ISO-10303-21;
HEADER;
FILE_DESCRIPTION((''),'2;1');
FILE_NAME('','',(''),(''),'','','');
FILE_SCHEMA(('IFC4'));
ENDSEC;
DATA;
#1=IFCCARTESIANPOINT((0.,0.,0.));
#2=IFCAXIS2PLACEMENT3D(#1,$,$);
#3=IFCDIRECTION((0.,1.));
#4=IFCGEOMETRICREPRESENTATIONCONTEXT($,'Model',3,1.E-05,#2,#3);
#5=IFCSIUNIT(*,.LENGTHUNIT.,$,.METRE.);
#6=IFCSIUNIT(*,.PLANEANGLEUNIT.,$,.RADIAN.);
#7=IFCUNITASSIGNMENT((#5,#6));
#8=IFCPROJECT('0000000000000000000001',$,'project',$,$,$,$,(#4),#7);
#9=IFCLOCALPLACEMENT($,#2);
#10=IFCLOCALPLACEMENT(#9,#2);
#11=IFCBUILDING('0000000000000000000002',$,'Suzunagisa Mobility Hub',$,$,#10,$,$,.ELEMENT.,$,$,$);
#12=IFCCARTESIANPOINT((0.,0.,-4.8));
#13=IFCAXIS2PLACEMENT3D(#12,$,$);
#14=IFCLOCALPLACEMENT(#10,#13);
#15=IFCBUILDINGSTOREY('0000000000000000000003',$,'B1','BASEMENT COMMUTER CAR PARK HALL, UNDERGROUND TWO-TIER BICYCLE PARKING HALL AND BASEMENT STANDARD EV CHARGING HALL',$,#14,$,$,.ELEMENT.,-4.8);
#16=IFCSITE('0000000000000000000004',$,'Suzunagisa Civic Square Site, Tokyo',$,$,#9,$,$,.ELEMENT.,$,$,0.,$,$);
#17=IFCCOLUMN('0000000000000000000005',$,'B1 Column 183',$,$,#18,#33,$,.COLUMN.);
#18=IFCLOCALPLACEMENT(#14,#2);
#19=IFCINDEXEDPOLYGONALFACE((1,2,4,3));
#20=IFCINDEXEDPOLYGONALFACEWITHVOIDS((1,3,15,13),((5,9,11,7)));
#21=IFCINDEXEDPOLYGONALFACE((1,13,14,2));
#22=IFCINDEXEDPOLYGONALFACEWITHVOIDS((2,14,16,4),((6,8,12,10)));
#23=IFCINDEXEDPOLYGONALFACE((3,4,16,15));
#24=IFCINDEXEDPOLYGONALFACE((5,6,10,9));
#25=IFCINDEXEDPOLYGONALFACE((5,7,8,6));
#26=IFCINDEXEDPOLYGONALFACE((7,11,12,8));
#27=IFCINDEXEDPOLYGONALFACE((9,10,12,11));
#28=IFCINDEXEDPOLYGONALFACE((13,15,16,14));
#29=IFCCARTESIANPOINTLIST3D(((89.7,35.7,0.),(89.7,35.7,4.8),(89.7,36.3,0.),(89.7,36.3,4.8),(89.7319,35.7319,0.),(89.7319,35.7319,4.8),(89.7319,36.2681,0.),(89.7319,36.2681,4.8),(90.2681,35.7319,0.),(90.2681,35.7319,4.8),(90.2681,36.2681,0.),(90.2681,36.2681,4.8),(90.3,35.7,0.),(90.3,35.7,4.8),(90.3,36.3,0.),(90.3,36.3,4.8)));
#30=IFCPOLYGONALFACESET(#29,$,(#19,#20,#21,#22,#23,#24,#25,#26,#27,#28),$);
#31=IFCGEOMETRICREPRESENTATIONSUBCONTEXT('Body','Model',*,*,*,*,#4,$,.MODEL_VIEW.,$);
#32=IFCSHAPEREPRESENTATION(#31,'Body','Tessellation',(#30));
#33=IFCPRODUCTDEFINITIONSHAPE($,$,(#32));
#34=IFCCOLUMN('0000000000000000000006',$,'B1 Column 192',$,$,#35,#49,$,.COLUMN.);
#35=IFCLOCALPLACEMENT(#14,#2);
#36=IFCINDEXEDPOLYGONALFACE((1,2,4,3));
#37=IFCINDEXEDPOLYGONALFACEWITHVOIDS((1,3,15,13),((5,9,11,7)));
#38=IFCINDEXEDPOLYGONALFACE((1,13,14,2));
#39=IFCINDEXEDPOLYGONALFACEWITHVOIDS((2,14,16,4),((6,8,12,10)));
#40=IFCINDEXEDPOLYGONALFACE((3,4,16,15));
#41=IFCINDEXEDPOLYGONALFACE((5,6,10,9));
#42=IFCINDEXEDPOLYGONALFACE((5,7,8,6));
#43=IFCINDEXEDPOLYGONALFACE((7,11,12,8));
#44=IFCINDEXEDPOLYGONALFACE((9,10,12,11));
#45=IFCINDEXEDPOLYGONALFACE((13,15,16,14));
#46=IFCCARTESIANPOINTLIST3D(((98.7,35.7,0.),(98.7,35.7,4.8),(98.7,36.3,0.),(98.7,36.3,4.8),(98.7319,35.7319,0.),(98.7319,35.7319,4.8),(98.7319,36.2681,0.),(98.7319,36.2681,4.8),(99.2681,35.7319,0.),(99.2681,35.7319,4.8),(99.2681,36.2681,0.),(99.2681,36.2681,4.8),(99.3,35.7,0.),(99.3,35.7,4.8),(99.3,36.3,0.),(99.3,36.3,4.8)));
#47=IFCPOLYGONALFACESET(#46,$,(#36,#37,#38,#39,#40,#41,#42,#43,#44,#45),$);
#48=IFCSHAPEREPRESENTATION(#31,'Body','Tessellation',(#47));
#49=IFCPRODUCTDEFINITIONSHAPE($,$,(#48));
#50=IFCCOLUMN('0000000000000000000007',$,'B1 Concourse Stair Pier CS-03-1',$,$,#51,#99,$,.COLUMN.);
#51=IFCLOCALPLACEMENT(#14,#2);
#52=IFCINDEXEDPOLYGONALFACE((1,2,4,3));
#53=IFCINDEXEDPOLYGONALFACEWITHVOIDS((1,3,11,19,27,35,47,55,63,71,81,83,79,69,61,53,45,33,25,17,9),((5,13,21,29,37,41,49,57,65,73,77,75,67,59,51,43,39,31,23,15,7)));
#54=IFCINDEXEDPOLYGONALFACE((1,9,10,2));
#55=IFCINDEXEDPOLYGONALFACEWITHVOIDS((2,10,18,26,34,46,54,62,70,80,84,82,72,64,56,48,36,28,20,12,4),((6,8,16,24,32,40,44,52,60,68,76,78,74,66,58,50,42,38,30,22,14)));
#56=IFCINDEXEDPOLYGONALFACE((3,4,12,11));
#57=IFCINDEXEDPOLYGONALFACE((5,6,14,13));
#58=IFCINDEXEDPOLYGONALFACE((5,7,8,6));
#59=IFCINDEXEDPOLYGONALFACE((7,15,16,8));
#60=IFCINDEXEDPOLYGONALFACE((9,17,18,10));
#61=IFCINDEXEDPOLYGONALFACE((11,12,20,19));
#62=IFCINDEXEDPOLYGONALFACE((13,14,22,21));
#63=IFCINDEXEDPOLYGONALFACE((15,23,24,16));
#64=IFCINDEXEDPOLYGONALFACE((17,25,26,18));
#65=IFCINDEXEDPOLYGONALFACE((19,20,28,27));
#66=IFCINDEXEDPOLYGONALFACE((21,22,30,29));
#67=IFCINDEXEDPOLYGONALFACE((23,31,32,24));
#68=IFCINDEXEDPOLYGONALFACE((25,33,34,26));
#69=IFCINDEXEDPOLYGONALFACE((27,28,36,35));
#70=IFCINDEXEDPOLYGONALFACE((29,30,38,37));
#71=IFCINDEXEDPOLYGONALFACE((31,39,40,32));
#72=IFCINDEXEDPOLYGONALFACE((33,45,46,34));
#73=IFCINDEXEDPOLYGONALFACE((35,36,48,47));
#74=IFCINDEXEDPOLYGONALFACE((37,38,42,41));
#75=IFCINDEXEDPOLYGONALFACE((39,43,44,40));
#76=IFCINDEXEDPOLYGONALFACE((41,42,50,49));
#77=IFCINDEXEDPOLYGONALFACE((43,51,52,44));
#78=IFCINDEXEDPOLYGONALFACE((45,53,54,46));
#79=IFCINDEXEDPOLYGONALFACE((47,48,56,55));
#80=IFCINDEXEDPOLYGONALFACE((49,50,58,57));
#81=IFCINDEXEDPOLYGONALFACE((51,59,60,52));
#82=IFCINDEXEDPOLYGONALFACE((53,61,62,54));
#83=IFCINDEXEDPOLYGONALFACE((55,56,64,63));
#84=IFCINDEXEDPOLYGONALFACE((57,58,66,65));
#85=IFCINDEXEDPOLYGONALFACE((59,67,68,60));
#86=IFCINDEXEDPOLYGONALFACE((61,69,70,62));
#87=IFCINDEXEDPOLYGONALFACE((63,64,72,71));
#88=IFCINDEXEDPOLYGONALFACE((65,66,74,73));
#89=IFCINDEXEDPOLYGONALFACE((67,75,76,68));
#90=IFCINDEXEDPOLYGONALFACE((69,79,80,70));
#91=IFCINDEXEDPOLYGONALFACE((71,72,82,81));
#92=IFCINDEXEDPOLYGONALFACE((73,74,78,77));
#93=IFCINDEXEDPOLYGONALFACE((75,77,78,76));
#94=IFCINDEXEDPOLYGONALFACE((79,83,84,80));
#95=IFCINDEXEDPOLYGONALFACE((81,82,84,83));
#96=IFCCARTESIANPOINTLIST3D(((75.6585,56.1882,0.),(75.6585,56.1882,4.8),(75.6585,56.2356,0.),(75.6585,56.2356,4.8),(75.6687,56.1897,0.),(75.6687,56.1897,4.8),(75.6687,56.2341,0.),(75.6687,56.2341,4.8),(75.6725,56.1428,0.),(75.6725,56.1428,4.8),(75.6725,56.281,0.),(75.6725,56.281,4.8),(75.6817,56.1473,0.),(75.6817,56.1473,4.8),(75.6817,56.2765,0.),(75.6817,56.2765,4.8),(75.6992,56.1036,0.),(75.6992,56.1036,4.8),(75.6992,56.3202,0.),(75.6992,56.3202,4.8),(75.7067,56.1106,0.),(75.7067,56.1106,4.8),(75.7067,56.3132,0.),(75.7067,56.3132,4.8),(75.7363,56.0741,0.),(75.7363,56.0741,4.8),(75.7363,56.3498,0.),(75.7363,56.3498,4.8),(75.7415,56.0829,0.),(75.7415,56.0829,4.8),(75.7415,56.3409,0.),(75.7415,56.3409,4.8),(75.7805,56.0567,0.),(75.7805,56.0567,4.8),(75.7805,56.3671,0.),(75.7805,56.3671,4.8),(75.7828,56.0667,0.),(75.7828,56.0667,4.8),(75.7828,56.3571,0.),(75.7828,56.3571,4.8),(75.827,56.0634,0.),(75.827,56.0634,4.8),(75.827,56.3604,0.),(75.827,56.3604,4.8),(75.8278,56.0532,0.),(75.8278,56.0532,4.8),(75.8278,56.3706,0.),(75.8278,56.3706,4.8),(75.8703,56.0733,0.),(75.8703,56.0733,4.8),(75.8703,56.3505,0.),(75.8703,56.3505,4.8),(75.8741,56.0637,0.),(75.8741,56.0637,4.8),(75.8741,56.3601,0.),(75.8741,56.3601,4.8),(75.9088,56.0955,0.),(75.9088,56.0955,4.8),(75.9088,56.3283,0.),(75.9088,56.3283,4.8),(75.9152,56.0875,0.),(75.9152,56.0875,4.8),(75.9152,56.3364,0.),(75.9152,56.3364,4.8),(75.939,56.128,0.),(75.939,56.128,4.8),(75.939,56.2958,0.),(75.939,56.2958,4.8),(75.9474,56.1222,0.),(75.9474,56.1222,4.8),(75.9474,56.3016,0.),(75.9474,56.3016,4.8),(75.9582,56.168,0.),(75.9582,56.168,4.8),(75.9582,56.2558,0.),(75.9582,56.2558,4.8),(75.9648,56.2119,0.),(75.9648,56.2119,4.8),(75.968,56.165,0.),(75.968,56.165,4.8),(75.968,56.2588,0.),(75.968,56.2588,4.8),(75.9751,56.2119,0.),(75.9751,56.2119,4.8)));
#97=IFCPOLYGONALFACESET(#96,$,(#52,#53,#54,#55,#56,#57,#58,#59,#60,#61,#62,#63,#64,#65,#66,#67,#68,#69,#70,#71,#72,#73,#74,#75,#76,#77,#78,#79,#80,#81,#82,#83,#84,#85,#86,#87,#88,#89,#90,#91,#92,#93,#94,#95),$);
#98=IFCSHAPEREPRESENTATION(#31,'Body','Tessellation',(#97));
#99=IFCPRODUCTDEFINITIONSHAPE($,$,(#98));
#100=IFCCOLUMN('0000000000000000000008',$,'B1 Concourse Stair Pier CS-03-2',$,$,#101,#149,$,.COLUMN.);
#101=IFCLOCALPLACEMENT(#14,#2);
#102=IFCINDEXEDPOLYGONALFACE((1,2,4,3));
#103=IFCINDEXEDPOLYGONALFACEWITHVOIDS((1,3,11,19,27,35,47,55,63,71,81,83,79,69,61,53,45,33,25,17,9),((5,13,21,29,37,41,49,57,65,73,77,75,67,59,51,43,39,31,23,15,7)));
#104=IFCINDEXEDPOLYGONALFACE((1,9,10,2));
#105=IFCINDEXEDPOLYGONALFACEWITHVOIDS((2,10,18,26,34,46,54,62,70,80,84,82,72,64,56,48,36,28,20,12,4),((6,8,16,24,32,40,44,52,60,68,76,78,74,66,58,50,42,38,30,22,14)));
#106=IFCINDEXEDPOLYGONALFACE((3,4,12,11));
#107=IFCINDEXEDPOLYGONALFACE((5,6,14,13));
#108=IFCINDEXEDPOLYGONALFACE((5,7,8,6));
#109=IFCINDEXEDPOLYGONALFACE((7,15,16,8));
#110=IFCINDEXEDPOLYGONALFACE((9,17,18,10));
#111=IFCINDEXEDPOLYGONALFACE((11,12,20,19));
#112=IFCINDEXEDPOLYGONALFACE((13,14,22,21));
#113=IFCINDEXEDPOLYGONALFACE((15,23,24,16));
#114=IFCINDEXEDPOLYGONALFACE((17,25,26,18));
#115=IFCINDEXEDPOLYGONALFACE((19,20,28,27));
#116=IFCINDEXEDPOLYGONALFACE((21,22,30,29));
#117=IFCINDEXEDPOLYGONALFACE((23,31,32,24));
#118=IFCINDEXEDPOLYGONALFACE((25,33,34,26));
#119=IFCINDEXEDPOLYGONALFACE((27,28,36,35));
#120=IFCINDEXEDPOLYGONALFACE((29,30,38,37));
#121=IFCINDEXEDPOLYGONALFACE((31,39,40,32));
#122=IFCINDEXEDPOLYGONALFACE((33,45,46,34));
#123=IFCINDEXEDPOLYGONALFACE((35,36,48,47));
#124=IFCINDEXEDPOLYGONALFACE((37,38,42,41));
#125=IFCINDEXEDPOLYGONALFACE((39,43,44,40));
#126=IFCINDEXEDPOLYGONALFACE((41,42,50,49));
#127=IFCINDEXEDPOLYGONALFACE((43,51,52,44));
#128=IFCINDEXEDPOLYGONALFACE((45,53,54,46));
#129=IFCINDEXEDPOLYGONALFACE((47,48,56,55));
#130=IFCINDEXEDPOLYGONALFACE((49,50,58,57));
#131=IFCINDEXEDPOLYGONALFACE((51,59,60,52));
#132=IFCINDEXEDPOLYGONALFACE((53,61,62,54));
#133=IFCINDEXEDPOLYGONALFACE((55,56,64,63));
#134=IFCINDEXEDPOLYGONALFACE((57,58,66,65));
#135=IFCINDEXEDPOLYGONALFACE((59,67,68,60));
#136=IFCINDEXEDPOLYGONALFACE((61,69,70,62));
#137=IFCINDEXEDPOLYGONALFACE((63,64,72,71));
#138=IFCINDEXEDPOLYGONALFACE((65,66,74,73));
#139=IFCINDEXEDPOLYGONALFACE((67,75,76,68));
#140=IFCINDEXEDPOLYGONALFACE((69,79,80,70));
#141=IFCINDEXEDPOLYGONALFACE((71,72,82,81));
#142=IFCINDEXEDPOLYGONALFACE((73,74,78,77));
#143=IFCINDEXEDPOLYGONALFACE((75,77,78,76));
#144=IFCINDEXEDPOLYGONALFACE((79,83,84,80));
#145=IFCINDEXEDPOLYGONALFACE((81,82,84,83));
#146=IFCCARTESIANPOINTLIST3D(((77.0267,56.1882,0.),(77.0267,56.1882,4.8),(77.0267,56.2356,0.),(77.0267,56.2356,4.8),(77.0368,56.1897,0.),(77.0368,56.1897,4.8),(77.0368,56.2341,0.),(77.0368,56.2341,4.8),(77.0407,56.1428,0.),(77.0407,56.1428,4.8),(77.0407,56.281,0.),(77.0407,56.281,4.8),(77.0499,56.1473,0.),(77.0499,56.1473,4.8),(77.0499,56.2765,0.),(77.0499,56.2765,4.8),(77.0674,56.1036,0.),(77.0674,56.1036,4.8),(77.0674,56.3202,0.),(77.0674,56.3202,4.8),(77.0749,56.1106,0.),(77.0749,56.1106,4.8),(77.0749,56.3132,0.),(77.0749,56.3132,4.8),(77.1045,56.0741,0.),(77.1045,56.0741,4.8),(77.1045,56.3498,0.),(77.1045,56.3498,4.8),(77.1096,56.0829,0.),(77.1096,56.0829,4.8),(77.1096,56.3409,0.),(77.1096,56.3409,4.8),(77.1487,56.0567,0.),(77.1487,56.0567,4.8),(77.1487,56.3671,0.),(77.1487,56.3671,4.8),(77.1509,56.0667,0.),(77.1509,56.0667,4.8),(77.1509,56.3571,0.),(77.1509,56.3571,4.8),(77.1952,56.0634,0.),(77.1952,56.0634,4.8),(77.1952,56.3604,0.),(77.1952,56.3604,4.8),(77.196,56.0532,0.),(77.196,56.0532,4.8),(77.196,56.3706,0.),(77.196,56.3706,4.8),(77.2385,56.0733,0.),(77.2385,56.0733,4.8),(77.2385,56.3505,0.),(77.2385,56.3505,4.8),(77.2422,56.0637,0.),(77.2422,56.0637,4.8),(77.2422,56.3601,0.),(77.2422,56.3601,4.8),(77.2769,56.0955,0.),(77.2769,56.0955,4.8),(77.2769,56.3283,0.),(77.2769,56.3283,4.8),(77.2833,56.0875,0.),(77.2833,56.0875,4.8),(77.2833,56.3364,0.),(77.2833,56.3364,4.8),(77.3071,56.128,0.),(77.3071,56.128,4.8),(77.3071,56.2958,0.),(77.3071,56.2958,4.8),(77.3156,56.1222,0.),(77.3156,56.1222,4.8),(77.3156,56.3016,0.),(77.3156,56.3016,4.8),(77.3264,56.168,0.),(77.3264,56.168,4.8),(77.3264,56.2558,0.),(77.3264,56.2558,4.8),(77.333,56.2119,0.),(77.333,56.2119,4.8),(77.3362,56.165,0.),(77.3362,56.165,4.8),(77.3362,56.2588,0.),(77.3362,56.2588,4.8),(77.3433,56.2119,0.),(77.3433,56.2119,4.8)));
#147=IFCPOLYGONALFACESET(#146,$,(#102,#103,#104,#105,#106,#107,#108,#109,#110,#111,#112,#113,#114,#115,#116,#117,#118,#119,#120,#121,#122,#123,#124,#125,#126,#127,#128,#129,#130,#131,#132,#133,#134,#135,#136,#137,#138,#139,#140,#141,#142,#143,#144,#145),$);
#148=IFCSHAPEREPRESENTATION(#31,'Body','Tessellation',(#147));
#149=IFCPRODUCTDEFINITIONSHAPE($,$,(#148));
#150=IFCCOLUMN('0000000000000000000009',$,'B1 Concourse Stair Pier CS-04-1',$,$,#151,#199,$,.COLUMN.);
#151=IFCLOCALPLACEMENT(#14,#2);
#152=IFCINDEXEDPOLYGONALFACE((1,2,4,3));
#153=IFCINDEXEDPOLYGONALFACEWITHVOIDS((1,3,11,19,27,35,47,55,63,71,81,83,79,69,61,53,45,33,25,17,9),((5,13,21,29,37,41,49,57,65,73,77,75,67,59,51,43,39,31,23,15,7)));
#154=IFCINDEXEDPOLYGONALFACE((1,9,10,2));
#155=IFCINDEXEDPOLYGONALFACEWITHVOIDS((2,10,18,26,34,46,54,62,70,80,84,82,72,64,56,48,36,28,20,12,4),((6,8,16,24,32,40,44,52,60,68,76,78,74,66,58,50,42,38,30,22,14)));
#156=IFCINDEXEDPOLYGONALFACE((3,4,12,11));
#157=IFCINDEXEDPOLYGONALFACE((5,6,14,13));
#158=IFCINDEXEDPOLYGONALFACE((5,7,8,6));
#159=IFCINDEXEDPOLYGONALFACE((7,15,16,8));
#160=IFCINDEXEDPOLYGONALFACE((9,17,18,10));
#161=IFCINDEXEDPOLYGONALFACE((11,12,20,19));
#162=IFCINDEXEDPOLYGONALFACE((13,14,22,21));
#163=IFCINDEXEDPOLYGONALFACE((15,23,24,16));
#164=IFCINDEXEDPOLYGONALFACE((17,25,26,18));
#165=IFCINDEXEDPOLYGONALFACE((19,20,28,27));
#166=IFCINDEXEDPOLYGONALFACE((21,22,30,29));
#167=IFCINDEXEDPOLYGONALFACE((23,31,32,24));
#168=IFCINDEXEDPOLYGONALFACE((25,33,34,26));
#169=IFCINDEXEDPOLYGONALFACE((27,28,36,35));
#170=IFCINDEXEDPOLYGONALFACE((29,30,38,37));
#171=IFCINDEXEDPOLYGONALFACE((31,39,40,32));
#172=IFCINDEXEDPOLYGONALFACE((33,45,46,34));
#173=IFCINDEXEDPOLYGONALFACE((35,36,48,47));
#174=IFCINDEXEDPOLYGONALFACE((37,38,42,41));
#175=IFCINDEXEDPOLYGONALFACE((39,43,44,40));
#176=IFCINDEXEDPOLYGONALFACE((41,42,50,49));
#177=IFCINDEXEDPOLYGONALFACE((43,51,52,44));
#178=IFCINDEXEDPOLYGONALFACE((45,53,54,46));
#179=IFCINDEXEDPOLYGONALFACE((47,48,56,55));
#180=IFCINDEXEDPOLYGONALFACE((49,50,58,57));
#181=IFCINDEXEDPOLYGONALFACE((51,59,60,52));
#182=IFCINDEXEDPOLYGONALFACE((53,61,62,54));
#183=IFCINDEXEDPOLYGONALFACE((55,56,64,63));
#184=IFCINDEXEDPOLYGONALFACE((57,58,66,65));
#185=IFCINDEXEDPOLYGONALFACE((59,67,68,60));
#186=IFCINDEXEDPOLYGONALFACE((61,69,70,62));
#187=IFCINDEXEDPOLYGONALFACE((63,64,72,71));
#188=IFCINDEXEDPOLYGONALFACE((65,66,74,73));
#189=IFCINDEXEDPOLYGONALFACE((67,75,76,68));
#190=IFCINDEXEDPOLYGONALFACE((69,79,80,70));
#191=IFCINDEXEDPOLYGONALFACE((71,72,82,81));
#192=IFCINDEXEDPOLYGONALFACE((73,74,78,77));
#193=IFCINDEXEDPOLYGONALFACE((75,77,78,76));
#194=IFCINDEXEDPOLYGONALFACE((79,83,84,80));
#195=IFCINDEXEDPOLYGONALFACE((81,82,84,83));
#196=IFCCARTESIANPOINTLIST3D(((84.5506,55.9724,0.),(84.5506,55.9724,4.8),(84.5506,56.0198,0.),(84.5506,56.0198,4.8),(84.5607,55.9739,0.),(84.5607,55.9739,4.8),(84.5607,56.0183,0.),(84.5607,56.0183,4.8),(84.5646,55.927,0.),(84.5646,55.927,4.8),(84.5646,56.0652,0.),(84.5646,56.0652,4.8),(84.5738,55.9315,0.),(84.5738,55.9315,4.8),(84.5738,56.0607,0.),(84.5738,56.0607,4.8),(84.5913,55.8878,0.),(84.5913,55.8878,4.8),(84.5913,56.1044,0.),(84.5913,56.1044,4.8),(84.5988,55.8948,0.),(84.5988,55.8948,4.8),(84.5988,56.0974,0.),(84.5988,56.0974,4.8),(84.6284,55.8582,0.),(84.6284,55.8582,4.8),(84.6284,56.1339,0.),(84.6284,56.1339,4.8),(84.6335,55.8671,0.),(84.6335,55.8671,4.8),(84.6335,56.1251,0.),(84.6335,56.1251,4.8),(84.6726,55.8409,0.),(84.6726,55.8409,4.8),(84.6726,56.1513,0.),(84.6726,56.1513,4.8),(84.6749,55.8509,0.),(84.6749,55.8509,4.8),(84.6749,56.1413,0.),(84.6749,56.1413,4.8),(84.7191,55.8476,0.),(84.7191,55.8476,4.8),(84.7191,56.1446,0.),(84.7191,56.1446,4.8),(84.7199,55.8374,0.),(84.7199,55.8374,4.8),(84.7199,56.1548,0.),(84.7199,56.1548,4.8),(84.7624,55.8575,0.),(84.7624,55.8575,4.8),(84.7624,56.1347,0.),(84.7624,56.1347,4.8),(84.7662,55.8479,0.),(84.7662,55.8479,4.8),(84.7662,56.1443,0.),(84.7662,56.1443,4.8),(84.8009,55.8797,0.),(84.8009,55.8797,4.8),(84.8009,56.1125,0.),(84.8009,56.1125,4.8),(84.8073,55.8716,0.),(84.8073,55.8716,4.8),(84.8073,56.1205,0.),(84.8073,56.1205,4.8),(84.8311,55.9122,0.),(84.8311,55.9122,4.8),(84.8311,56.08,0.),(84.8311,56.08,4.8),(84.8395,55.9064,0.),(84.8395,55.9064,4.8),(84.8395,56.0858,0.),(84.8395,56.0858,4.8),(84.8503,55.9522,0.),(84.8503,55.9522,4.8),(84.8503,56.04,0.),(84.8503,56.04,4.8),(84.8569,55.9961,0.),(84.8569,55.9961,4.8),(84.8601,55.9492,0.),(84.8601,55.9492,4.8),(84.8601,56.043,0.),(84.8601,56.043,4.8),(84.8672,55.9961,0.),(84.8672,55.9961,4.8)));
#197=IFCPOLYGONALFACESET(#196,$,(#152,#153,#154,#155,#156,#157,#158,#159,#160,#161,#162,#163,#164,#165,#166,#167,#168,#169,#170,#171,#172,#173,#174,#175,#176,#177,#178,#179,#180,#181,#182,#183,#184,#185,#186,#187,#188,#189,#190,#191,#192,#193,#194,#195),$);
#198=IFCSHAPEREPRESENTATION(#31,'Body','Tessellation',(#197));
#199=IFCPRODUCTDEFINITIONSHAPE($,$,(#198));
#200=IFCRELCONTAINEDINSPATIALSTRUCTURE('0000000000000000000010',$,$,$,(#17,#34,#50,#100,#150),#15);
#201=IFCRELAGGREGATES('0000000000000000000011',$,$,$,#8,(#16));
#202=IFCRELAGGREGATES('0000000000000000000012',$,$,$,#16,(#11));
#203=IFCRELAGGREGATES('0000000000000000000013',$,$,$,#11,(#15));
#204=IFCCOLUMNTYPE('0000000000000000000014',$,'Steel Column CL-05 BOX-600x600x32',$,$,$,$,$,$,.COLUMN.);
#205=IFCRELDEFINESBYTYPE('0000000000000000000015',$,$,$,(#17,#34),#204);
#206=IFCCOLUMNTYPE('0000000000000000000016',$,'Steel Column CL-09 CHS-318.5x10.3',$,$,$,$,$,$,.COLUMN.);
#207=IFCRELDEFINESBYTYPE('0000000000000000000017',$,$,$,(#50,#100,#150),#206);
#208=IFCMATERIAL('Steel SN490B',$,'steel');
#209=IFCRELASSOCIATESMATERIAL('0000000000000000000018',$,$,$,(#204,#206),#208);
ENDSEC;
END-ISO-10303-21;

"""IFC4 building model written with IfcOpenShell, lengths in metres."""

from ifc_helpers import new_model, si_unit, direction, frame, origin, origin_2d, place, context, subcontext, project, spatial, hollow_rectangle, hollow_circle, extrude, material, material_profile, profile_set, type_object, element, save


model = new_model("IFC4")

# Units and contexts
model_context = context("Model", 3, precision=1e-05, world=origin(), true_north=direction((0.0, 1.0)))
body_context = subcontext(model_context, "Body", "Model", "MODEL_VIEW")
ifc_project = project(units=[si_unit("LENGTHUNIT", "METRE"), si_unit("PLANEANGLEUNIT", "RADIAN")], contexts=[model_context])

# Site, building, storey
site_placement = place(None, origin())
site = spatial("IfcSite", under=ifc_project, at=site_placement, Name="Suzunagisa Civic Square Site, Tokyo", CompositionType="ELEMENT", RefElevation=0.0)
building_placement = place(site_placement, origin())
building = spatial("IfcBuilding", under=site, at=building_placement, Name="Suzunagisa Mobility Hub", CompositionType="ELEMENT")
storey_placement = place(building_placement, frame((0.0, 0.0, -4.8)))
storey = spatial("IfcBuildingStorey", under=building, at=storey_placement, Name="B1", Description="BASEMENT COMMUTER CAR PARK HALL, UNDERGROUND TWO-TIER BICYCLE PARKING HALL AND BASEMENT STANDARD EV CHARGING HALL", CompositionType="ELEMENT", Elevation=-4.8)

# Columns
ifc_material_1 = material(Name="Steel SN490B", Category="steel")
ifc_material_profile_1 = material_profile(ifc_material_1, hollow_rectangle(XDim=0.6001, YDim=0.6001, WallThickness=0.032, at=origin_2d()), Name="BOX-600x600x32")
ifc_profile_set_1 = profile_set([ifc_material_profile_1], Name="Steel SN490B")
column_type_1 = type_object("IfcColumnType", Name="Steel Column CL-05 BOX-600x600x32", PredefinedType="COLUMN", material=ifc_profile_set_1)
for number, where, z_axis, x_axis, name in (
    (1, (90.0, 36.0, 0.0), (0.0, 0.0, 1.0), (1.0, 0.0, 0.0), "B1 Column 183"),
    (2, (99.0, 36.0, 0.0), (0.0, 0.0, 1.0), (1.0, 0.0, 0.0), "B1 Column 192"),
):
    element("IfcColumn", number, at=place(storey_placement, frame(where, z_axis=z_axis, x_axis=x_axis)), inside=storey, type_object=column_type_1, Name=name, PredefinedType="COLUMN", context=body_context, shape_type="SweptSolid", body=[
        extrude(hollow_rectangle(XDim=0.6001, YDim=0.6001, WallThickness=0.032, at=origin_2d()), origin(), (0.0, 0.0, 1.0), 4.8),
    ])
ifc_material_profile_2 = material_profile(ifc_material_1, hollow_circle(Radius=0.1592, WallThickness=0.0103, at=origin_2d()), Name="CHS-318.5x10.3")
ifc_profile_set_2 = profile_set([ifc_material_profile_2], Name="Steel SN490B")
column_type_2 = type_object("IfcColumnType", Name="Steel Column CL-09 CHS-318.5x10.3", PredefinedType="COLUMN", material=ifc_profile_set_2)
for number, where, z_axis, x_axis, name in (
    (3, (75.8159, 56.2119, 0.0), (0.0, 0.0, 1.0), (1.0, 0.0, 0.0), "B1 Concourse Stair Pier CS-03-1"),
    (4, (77.1841, 56.2119, 0.0), (0.0, 0.0, 1.0), (1.0, 0.0, 0.0), "B1 Concourse Stair Pier CS-03-2"),
    (5, (84.708, 55.9961, 0.0), (0.0, 0.0, 1.0), (1.0, 0.0, 0.0), "B1 Concourse Stair Pier CS-04-1"),
):
    element("IfcColumn", number, at=place(storey_placement, frame(where, z_axis=z_axis, x_axis=x_axis)), inside=storey, type_object=column_type_2, Name=name, PredefinedType="COLUMN", context=body_context, shape_type="SweptSolid", body=[
        extrude(hollow_circle(Radius=0.1592, WallThickness=0.0103, at=origin_2d()), origin(), (0.0, 0.0, 1.0), 4.8),
    ])

save(model, "model.ifc")
